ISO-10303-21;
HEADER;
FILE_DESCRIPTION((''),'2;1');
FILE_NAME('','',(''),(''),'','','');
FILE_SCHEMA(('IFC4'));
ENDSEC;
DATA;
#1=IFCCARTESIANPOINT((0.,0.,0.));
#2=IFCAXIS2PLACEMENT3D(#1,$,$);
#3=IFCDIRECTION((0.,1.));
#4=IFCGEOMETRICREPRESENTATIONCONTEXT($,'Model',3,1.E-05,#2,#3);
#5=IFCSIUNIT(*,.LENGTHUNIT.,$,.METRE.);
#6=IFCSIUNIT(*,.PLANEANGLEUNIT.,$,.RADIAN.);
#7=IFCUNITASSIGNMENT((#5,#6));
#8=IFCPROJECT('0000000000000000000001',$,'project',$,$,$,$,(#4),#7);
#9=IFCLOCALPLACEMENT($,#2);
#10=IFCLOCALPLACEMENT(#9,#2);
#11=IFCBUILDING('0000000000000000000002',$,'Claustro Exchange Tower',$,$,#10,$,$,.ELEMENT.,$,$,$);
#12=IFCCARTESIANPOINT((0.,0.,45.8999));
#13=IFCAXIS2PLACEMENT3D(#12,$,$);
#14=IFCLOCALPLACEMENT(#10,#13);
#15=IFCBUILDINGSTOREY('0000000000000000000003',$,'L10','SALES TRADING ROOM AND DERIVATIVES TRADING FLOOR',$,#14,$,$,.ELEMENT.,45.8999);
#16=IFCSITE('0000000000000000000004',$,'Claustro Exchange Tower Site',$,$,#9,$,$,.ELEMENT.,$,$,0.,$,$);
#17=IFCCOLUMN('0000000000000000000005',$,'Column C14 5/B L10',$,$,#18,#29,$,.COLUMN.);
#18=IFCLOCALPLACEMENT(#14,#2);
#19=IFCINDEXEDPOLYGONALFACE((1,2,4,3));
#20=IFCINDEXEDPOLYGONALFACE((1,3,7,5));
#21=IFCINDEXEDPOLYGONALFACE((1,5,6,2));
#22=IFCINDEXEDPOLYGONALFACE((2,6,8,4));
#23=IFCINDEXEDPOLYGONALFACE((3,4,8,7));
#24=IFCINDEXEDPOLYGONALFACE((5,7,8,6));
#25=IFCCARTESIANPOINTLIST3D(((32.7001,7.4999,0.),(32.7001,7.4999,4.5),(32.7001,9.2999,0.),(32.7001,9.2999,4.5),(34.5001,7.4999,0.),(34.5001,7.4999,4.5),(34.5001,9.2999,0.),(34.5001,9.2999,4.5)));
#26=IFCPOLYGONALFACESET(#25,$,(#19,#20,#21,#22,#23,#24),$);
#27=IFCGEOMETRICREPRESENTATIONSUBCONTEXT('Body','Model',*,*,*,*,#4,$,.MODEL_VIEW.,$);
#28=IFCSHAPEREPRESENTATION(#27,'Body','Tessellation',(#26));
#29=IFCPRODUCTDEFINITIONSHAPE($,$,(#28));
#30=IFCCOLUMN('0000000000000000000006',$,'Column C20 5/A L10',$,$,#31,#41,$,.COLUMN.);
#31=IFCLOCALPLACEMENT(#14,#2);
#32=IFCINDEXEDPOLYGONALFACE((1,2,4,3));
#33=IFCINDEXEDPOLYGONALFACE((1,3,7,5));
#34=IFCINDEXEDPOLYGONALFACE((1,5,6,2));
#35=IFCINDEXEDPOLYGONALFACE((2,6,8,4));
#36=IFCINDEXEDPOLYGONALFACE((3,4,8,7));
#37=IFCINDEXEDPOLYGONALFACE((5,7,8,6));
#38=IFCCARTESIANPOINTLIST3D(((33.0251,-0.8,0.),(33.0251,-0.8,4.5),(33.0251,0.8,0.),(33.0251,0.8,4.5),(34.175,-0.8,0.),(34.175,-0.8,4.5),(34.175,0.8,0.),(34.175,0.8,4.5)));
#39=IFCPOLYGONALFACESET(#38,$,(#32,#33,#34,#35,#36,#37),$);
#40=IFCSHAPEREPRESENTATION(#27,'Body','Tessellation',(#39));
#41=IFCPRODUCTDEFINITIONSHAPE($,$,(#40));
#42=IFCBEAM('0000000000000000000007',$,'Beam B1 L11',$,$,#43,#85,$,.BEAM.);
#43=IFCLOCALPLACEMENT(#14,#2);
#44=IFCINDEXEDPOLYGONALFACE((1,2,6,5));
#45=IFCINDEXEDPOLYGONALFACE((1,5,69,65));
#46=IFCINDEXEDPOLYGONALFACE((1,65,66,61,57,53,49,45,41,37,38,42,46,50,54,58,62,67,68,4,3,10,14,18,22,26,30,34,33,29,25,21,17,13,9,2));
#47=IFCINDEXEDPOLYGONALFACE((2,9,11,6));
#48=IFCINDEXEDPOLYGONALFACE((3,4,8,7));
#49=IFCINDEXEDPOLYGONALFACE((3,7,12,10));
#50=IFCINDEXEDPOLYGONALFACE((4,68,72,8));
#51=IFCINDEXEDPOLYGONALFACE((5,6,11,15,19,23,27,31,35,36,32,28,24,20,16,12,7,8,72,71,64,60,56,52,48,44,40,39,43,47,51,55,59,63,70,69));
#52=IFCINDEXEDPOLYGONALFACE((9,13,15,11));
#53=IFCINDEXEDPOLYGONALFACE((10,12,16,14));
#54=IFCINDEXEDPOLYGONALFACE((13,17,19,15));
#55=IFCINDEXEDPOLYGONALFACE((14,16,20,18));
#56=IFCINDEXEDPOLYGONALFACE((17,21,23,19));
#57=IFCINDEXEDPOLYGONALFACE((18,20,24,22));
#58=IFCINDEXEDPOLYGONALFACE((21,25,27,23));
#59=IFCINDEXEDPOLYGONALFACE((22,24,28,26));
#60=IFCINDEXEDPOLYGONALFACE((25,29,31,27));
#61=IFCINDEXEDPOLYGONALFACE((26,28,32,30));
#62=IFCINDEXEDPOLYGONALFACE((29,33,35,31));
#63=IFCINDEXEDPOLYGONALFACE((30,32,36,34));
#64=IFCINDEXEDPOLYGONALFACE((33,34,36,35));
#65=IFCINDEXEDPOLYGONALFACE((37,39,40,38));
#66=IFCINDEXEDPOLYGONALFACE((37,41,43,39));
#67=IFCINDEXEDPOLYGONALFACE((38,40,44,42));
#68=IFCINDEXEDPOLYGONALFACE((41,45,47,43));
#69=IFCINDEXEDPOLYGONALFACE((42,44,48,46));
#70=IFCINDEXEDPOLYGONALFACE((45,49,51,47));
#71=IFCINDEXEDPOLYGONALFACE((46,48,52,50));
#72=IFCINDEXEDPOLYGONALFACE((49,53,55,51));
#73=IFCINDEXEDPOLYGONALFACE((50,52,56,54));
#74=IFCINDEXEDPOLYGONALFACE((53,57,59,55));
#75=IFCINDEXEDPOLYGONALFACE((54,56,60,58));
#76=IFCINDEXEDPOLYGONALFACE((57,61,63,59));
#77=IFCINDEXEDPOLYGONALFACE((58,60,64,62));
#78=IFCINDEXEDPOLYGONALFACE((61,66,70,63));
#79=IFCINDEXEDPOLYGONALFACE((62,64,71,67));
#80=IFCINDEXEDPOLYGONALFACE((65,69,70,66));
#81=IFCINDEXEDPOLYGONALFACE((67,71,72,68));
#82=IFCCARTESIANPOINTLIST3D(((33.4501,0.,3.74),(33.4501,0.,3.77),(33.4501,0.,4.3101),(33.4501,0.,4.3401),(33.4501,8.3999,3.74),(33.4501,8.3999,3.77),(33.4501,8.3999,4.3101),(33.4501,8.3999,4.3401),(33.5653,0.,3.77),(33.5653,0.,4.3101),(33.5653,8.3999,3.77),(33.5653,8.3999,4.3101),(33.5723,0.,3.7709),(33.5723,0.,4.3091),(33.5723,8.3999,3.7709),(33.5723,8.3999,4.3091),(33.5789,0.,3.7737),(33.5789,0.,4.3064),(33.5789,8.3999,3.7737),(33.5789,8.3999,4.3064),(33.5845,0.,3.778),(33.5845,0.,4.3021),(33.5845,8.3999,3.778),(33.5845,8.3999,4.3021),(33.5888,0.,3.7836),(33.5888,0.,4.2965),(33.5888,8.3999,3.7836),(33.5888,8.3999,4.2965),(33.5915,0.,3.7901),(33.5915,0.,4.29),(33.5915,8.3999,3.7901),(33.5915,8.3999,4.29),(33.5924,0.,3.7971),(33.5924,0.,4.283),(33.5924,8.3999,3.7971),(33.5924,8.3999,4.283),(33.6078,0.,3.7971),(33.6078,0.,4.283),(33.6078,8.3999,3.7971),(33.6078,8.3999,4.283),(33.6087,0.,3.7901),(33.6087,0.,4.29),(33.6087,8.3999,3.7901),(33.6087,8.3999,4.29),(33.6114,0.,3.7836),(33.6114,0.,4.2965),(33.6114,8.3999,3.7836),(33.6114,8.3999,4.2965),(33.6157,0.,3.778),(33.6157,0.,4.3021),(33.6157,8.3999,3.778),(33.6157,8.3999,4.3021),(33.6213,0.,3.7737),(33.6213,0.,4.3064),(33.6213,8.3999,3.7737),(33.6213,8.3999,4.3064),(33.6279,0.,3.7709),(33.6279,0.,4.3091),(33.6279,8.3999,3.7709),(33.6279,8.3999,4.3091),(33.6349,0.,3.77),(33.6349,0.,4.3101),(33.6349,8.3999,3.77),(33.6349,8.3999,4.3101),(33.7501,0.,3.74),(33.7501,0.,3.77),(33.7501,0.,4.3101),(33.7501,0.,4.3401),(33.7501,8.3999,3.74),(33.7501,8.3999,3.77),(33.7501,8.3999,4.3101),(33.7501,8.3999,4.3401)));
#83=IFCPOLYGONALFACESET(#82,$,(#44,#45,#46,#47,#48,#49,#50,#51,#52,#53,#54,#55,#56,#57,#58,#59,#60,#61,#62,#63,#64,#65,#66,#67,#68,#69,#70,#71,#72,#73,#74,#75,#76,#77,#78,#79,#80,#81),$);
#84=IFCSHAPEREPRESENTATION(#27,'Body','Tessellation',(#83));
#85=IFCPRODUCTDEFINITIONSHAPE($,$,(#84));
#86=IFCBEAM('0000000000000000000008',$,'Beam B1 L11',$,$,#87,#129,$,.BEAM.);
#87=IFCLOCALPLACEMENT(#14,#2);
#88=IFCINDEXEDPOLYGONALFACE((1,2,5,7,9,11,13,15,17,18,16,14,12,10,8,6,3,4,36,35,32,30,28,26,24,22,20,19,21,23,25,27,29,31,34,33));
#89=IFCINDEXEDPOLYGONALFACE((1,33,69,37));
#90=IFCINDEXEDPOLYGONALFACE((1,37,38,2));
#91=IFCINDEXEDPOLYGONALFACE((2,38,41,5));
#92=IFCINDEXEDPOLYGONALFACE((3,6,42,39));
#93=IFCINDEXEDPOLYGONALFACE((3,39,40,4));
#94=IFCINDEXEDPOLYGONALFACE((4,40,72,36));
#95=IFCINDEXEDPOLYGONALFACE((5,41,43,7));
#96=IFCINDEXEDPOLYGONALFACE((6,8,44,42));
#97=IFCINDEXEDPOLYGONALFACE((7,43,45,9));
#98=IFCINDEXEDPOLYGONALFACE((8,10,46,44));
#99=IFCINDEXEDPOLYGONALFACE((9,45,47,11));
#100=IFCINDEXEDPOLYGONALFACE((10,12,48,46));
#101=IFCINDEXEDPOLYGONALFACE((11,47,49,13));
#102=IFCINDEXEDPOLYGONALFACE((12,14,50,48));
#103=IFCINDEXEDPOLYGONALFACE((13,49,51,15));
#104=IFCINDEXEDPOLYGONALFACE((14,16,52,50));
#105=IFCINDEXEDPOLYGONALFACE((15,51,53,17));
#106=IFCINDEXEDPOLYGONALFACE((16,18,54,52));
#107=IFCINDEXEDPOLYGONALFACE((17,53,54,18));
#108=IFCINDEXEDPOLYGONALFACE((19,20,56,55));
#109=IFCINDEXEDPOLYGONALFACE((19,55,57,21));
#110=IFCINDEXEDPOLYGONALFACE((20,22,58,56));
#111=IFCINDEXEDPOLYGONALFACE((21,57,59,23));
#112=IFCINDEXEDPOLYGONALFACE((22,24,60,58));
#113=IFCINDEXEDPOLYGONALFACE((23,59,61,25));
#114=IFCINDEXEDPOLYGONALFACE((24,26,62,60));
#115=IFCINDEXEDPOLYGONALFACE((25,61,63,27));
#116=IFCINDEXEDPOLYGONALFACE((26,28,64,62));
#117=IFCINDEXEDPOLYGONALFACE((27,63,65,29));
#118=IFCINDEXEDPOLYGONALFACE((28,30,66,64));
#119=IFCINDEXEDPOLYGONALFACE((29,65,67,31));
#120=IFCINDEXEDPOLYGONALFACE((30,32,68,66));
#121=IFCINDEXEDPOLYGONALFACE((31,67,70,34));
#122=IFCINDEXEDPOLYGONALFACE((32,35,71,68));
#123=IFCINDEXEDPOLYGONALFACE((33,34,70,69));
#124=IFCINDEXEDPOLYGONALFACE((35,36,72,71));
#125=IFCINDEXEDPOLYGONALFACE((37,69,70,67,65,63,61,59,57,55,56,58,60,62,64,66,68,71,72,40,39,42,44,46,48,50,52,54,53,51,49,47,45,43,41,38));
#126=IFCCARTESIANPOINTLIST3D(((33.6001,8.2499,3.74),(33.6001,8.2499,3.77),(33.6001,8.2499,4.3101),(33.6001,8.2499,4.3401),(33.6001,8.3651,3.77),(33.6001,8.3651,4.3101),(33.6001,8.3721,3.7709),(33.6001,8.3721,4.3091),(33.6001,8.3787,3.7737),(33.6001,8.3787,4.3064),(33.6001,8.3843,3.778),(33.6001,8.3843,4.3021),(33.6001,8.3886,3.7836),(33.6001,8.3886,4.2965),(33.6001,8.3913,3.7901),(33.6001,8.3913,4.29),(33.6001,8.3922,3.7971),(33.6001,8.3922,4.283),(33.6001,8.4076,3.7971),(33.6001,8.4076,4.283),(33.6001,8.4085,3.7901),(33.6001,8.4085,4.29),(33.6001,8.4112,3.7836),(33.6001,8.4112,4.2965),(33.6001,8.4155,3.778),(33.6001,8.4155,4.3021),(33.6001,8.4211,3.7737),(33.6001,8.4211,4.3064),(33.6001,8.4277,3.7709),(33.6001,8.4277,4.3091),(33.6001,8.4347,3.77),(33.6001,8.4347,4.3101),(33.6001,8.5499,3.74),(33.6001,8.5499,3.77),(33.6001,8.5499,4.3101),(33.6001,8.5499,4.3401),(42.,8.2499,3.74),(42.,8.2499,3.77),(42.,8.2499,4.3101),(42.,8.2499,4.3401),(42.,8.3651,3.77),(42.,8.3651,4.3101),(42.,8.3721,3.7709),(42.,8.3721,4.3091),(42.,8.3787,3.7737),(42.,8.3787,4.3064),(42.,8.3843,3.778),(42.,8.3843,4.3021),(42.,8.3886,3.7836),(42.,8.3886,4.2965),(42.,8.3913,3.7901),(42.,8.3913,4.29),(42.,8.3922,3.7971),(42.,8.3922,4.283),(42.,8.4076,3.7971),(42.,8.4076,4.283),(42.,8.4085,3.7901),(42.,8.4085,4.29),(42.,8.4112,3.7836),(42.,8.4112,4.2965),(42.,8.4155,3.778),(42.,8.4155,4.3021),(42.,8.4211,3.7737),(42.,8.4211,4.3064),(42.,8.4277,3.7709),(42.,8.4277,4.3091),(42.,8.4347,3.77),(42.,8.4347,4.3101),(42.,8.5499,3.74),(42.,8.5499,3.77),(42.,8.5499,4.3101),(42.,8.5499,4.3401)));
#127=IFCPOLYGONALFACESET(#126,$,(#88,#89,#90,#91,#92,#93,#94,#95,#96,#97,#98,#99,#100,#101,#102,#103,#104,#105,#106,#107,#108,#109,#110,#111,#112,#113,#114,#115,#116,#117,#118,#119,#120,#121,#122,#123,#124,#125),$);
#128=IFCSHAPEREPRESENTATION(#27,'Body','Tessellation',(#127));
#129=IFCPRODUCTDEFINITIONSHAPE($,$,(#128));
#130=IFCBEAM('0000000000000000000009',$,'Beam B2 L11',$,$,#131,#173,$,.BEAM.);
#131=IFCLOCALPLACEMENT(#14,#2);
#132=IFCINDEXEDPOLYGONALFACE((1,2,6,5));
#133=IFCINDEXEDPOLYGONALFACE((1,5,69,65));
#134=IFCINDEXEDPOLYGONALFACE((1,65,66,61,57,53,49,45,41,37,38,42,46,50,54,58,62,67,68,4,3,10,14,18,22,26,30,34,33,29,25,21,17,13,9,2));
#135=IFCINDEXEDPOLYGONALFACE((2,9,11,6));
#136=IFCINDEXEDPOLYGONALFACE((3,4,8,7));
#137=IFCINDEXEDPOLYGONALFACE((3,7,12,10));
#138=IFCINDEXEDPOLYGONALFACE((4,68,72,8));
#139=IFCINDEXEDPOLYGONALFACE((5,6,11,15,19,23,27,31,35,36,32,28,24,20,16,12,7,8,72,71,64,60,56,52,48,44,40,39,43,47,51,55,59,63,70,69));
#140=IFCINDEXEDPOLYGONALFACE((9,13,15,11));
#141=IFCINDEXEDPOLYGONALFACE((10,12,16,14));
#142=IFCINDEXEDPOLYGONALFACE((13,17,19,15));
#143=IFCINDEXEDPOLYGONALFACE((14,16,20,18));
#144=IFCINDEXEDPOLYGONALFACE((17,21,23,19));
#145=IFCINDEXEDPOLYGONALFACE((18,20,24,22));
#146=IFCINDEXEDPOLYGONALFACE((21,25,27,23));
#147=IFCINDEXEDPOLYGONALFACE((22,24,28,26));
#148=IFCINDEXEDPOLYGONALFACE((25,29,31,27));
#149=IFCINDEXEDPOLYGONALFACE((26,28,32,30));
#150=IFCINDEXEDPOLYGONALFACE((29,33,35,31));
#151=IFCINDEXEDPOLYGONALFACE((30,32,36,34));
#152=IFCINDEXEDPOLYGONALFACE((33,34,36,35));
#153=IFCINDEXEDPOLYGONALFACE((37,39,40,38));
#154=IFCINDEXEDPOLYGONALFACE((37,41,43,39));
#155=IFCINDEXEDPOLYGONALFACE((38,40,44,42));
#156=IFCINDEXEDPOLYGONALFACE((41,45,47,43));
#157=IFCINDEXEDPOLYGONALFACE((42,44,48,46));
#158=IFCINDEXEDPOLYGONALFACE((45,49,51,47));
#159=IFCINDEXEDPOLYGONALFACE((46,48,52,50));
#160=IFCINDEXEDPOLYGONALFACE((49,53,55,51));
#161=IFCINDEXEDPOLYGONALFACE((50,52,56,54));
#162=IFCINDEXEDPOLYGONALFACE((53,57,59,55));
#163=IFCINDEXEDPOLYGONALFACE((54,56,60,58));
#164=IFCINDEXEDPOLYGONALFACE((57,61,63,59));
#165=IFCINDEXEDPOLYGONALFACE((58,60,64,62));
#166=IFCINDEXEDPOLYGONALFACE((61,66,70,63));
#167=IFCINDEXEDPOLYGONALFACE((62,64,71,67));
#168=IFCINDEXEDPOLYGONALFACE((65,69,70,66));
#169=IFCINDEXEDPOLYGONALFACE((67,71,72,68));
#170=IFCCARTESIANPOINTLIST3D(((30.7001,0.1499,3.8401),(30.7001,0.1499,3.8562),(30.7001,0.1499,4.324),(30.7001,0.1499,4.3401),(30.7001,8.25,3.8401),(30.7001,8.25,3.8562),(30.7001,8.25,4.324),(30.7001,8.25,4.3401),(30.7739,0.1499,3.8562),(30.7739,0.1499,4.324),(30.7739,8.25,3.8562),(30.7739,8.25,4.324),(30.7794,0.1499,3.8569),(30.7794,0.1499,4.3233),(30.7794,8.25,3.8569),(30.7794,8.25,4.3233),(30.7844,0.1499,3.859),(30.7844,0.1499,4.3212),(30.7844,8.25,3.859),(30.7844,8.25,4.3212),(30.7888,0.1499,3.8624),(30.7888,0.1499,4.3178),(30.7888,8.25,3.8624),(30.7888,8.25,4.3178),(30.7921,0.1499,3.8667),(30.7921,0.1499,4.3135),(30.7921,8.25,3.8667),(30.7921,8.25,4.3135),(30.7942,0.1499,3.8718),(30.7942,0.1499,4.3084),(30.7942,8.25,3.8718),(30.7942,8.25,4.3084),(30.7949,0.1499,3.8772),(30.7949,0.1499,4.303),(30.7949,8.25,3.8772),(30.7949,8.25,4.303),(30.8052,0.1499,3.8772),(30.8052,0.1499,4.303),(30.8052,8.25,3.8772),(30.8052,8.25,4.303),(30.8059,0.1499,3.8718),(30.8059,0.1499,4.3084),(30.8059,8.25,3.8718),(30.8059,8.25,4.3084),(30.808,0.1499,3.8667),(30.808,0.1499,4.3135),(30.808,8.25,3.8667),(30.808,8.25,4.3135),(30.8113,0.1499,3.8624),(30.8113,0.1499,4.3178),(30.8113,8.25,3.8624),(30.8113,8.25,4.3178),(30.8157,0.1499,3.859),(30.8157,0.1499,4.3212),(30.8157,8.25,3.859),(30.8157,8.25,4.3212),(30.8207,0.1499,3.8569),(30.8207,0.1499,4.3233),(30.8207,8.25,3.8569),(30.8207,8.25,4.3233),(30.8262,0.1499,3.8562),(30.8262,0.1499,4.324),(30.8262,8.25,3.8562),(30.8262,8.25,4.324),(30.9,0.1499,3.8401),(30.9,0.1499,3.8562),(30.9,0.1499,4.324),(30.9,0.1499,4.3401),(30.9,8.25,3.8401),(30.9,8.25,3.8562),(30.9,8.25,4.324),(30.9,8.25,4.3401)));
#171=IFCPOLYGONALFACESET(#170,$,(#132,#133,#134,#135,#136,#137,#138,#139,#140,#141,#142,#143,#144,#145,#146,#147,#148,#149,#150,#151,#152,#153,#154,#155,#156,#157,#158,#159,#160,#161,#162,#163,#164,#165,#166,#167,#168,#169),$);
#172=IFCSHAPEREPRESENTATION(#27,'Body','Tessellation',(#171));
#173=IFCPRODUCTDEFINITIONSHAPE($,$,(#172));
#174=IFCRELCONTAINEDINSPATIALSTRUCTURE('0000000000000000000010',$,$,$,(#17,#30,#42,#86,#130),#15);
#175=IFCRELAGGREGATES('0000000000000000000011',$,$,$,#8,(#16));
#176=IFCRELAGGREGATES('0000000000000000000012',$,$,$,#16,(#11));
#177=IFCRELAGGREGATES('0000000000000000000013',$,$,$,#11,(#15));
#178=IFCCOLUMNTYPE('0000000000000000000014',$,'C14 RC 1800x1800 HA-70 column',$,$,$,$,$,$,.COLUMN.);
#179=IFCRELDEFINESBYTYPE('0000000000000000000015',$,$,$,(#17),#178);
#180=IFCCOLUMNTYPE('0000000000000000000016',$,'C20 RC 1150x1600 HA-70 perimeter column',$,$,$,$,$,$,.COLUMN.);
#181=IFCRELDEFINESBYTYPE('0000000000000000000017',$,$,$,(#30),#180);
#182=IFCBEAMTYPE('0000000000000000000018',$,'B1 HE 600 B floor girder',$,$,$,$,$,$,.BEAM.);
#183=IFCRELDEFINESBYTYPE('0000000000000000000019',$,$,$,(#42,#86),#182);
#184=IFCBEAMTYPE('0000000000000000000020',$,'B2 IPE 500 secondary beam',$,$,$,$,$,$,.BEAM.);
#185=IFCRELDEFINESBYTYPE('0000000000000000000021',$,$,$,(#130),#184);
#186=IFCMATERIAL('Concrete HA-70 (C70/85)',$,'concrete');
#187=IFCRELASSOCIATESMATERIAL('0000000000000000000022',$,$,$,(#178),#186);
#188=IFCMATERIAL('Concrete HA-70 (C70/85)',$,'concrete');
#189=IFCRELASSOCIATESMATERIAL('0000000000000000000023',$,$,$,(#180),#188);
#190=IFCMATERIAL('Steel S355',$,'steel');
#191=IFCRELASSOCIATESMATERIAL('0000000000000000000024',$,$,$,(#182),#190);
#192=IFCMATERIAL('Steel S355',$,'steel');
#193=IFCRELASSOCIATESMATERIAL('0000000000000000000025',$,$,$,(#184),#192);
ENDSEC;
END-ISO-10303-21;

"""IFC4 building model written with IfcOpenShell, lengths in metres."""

from ifc_helpers import new_model, si_unit, direction, frame, origin, origin_2d, place, context, subcontext, project, spatial, rectangle, i_section, extrude, material, material_profile, profile_set, type_object, element, save


model = new_model("IFC4")

# Units and contexts
model_context = context("Model", 3, precision=1e-05, world=origin(), true_north=direction((0.0, 1.0)))
body_context = subcontext(model_context, "Body", "Model", "MODEL_VIEW")
ifc_project = project(units=[si_unit("LENGTHUNIT", "METRE"), si_unit("PLANEANGLEUNIT", "RADIAN")], contexts=[model_context])

# Site, building, storey
site_placement = place(None, origin())
site = spatial("IfcSite", under=ifc_project, at=site_placement, Name="Claustro Exchange Tower Site", CompositionType="ELEMENT", RefElevation=0.0)
building_placement = place(site_placement, origin())
building = spatial("IfcBuilding", under=site, at=building_placement, Name="Claustro Exchange Tower", CompositionType="ELEMENT")
storey_placement = place(building_placement, frame((0.0, 0.0, 45.8999)))
storey = spatial("IfcBuildingStorey", under=building, at=storey_placement, Name="L10", Description="SALES TRADING ROOM AND DERIVATIVES TRADING FLOOR", CompositionType="ELEMENT", Elevation=45.8999)

# Columns
ifc_material_1 = material(Name="Concrete HA-70 (C70/85)", Category="concrete")
ifc_material_profile_1 = material_profile(ifc_material_1, rectangle(XDim=1.8, YDim=1.8, at=origin_2d()), Name="RC 1800x1800")
ifc_profile_set_1 = profile_set([ifc_material_profile_1], Name="Concrete HA-70 (C70/85)")
column_type_1 = type_object("IfcColumnType", Name="C14 RC 1800x1800 HA-70 column", PredefinedType="COLUMN", material=ifc_profile_set_1)
column_1_placement = place(storey_placement, frame((33.6001, 8.3999, 0.0), z_axis=(0.0, 0.0, 1.0), x_axis=(1.0, 0.0, 0.0)))
element("IfcColumn", 1, at=column_1_placement, inside=storey, type_object=column_type_1, Name="Column C14 5/B L10", PredefinedType="COLUMN", context=body_context, shape_type="SweptSolid", body=[
    extrude(rectangle(XDim=1.8, YDim=1.8, at=origin_2d()), origin(), (0.0, 0.0, 1.0), 4.5),
])
ifc_material_2 = material(Name="Concrete HA-70 (C70/85)", Category="concrete")
ifc_material_profile_2 = material_profile(ifc_material_2, rectangle(XDim=1.1499, YDim=1.6001, at=origin_2d()), Name="RC 1150x1600")
ifc_profile_set_2 = profile_set([ifc_material_profile_2], Name="Concrete HA-70 (C70/85)")
column_type_2 = type_object("IfcColumnType", Name="C20 RC 1150x1600 HA-70 perimeter column", PredefinedType="COLUMN", material=ifc_profile_set_2)
column_2_placement = place(storey_placement, frame((33.6001, 0.0, 0.0), z_axis=(0.0, 0.0, 1.0), x_axis=(1.0, 0.0, 0.0)))
element("IfcColumn", 2, at=column_2_placement, inside=storey, type_object=column_type_2, Name="Column C20 5/A L10", PredefinedType="COLUMN", context=body_context, shape_type="SweptSolid", body=[
    extrude(rectangle(XDim=1.1499, YDim=1.6001, at=origin_2d()), origin(), (0.0, 0.0, 1.0), 4.5),
])

# Beams
ifc_material_3 = material(Name="Steel S355", Category="steel")
ifc_material_profile_3 = material_profile(ifc_material_3, i_section(OverallWidth=0.3, OverallDepth=0.6001, WebThickness=0.0154, FlangeThickness=0.03, FilletRadius=0.0271, at=origin_2d()), Name="HE 600 B")
ifc_profile_set_3 = profile_set([ifc_material_profile_3], Name="Steel S355")
beam_type_1 = type_object("IfcBeamType", Name="B1 HE 600 B floor girder", PredefinedType="BEAM", material=ifc_profile_set_3)
for number, where, z_axis, x_axis, name in (
    (3, (33.6001, 0.0, 4.04), (0.0, 1.0, 0.0), (-1.0, 0.0, 0.0), "Beam B1 L11"),
    (4, (33.6001, 8.3999, 4.04), (1.0, 0.0, 0.0), (0.0, 1.0, 0.0), "Beam B1 L11"),
):
    element("IfcBeam", number, at=place(storey_placement, frame(where, z_axis=z_axis, x_axis=x_axis)), inside=storey, type_object=beam_type_1, Name=name, PredefinedType="BEAM", context=body_context, shape_type="SweptSolid", body=[
        extrude(i_section(OverallWidth=0.3, OverallDepth=0.6001, WebThickness=0.0154, FlangeThickness=0.03, FilletRadius=0.0271, at=origin_2d()), origin(), (0.0, 0.0, 1.0), 8.3999),
    ])
ifc_material_4 = material(Name="Steel S355", Category="steel")
ifc_material_profile_4 = material_profile(ifc_material_4, i_section(OverallWidth=0.2, OverallDepth=0.5, WebThickness=0.0103, FlangeThickness=0.0161, FilletRadius=0.021, at=origin_2d()), Name="IPE 500")
ifc_profile_set_4 = profile_set([ifc_material_profile_4], Name="Steel S355")
beam_type_2 = type_object("IfcBeamType", Name="B2 IPE 500 secondary beam", PredefinedType="BEAM", material=ifc_profile_set_4)
beam_1_placement = place(storey_placement, frame((30.8, 0.1499, 4.0901), z_axis=(0.0, 1.0, 0.0), x_axis=(-1.0, 0.0, 0.0)))
element("IfcBeam", 5, at=beam_1_placement, inside=storey, type_object=beam_type_2, Name="Beam B2 L11", PredefinedType="BEAM", context=body_context, shape_type="SweptSolid", body=[
    extrude(i_section(OverallWidth=0.2, OverallDepth=0.5, WebThickness=0.0103, FlangeThickness=0.0161, FilletRadius=0.021, at=origin_2d()), origin(), (0.0, 0.0, 1.0), 8.1001),
])

save(model, "model.ifc")
